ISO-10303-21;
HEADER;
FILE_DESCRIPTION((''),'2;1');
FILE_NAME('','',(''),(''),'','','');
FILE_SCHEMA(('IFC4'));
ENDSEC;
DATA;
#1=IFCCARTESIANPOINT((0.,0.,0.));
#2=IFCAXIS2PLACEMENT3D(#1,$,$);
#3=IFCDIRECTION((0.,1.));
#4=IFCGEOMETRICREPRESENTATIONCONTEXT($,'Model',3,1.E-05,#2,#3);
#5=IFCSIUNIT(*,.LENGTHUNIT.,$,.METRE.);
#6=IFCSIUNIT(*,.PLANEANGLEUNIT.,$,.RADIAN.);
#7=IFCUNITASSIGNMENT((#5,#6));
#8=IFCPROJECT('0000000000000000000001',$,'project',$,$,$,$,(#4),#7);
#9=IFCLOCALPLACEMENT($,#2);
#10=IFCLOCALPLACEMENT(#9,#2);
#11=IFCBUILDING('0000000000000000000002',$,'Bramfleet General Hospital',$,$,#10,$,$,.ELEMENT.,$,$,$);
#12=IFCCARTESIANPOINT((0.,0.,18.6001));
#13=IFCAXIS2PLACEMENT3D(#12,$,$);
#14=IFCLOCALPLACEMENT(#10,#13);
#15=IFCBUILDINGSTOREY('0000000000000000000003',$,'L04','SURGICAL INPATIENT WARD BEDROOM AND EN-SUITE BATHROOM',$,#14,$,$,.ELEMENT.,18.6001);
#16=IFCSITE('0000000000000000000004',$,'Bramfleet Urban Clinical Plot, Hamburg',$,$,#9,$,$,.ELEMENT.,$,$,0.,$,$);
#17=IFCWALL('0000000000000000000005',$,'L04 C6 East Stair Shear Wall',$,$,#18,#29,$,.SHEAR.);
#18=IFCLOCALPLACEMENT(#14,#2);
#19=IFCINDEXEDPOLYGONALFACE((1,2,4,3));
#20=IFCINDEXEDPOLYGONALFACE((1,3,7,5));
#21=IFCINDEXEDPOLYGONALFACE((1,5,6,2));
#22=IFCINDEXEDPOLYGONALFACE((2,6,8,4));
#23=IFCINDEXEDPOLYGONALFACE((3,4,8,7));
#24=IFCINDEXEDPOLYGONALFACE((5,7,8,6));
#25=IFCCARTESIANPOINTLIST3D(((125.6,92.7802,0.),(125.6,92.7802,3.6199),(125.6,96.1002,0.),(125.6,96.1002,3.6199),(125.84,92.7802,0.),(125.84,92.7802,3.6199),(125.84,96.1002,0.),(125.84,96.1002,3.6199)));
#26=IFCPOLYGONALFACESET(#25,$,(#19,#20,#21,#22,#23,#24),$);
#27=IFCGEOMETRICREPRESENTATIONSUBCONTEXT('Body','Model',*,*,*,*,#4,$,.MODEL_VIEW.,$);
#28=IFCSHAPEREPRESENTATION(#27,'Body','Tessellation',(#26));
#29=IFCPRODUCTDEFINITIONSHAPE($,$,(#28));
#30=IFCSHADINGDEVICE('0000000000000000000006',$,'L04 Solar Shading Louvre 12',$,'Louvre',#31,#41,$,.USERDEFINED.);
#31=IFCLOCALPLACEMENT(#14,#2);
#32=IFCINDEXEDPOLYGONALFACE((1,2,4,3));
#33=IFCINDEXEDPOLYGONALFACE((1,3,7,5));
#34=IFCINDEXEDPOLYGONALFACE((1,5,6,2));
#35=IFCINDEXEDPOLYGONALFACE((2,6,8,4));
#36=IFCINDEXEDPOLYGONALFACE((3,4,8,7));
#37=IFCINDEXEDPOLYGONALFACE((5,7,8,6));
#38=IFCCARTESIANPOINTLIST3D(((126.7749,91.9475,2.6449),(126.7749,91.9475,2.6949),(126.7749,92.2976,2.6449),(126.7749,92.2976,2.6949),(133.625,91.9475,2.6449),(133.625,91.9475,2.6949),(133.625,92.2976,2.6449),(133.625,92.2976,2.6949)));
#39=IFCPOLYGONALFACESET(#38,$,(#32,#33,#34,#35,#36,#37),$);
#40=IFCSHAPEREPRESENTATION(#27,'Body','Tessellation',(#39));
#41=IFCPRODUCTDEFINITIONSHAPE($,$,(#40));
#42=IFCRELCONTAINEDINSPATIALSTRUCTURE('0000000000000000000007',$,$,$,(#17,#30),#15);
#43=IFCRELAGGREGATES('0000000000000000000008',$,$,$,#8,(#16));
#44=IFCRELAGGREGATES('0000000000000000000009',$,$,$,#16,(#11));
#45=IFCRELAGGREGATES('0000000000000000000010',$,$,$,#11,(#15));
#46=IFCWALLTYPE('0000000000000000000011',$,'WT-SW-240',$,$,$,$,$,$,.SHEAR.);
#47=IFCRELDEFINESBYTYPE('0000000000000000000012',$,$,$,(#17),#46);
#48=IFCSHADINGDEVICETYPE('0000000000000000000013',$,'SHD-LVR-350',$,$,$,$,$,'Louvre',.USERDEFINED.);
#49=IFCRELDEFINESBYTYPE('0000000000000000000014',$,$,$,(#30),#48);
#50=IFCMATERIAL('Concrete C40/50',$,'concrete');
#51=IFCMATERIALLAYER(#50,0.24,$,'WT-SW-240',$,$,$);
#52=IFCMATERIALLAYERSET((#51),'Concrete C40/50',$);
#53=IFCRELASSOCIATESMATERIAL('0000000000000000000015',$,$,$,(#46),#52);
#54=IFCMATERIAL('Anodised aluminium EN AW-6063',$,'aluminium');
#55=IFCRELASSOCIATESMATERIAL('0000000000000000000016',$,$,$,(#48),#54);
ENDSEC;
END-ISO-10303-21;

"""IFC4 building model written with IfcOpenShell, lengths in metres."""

from ifc_helpers import new_model, si_unit, direction, frame, frame_2d, origin, origin_2d, place, context, subcontext, project, spatial, rectangle, extrude, material, layer, layer_set, material_profile, profile_set, type_object, element, save


model = new_model("IFC4")

# Units and contexts
model_context = context("Model", 3, precision=1e-05, world=origin(), true_north=direction((0.0, 1.0)))
body_context = subcontext(model_context, "Body", "Model", "MODEL_VIEW")
ifc_project = project(units=[si_unit("LENGTHUNIT", "METRE"), si_unit("PLANEANGLEUNIT", "RADIAN")], contexts=[model_context])

# Site, building, storey
site_placement = place(None, origin())
site = spatial("IfcSite", under=ifc_project, at=site_placement, Name="Bramfleet Urban Clinical Plot, Hamburg", CompositionType="ELEMENT", RefElevation=0.0)
building_placement = place(site_placement, origin())
building = spatial("IfcBuilding", under=site, at=building_placement, Name="Bramfleet General Hospital", CompositionType="ELEMENT")
storey_placement = place(building_placement, frame((0.0, 0.0, 18.6001)))
storey = spatial("IfcBuildingStorey", under=building, at=storey_placement, Name="L04", Description="SURGICAL INPATIENT WARD BEDROOM AND EN-SUITE BATHROOM", CompositionType="ELEMENT", Elevation=18.6001)

# Shared definitions
ifc_material_1 = material(Name="Concrete C40/50", Category="concrete")

# Wall
ifc_layer_1 = layer(ifc_material_1, 0.24, Name="WT-SW-240")
ifc_layer_set_1 = layer_set([ifc_layer_1], Name="Concrete C40/50")
wall_type_1 = type_object("IfcWallType", Name="WT-SW-240", PredefinedType="SHEAR", material=ifc_layer_set_1)
wall_1_placement = place(storey_placement, frame((125.72, 92.78, 0.0), z_axis=(0.0, 0.0, 1.0), x_axis=(0.0, 1.0, 0.0)))
element("IfcWall", 1, at=wall_1_placement, inside=storey, type_object=wall_type_1, Name="L04 C6 East Stair Shear Wall", PredefinedType="SHEAR", context=body_context, shape_type="SweptSolid", body=[
    extrude(rectangle(XDim=3.3201, YDim=0.24, at=frame_2d((1.6602, 0.0))), origin(), (0.0, 0.0, 1.0), 3.6199),
])

# Shading device
ifc_material_2 = material(Name="Anodised aluminium EN AW-6063", Category="aluminium")
ifc_material_profile_1 = material_profile(ifc_material_2, rectangle(XDim=0.05, YDim=0.3501, at=origin_2d()), Name="ALU LOUVRE 350x50")
ifc_profile_set_1 = profile_set([ifc_material_profile_1], Name="Anodised aluminium EN AW-6063")
shading_device_type = type_object("IfcShadingDeviceType", Name="SHD-LVR-350", ElementType="Louvre", PredefinedType="USERDEFINED", material=ifc_profile_set_1)
shading_device_placement = place(storey_placement, frame((133.625, 92.1226, 2.6699), z_axis=(-1.0, 0.0, 0.0), x_axis=(0.0, 0.0, 1.0)))
element("IfcShadingDevice", 2, at=shading_device_placement, inside=storey, type_object=shading_device_type, Name="L04 Solar Shading Louvre 12", ObjectType="Louvre", PredefinedType="USERDEFINED", context=body_context, shape_type="SweptSolid", body=[
    extrude(rectangle(XDim=0.05, YDim=0.3501, at=origin_2d()), origin(), (0.0, 0.0, 1.0), 6.8501),
])

save(model, "model.ifc")
